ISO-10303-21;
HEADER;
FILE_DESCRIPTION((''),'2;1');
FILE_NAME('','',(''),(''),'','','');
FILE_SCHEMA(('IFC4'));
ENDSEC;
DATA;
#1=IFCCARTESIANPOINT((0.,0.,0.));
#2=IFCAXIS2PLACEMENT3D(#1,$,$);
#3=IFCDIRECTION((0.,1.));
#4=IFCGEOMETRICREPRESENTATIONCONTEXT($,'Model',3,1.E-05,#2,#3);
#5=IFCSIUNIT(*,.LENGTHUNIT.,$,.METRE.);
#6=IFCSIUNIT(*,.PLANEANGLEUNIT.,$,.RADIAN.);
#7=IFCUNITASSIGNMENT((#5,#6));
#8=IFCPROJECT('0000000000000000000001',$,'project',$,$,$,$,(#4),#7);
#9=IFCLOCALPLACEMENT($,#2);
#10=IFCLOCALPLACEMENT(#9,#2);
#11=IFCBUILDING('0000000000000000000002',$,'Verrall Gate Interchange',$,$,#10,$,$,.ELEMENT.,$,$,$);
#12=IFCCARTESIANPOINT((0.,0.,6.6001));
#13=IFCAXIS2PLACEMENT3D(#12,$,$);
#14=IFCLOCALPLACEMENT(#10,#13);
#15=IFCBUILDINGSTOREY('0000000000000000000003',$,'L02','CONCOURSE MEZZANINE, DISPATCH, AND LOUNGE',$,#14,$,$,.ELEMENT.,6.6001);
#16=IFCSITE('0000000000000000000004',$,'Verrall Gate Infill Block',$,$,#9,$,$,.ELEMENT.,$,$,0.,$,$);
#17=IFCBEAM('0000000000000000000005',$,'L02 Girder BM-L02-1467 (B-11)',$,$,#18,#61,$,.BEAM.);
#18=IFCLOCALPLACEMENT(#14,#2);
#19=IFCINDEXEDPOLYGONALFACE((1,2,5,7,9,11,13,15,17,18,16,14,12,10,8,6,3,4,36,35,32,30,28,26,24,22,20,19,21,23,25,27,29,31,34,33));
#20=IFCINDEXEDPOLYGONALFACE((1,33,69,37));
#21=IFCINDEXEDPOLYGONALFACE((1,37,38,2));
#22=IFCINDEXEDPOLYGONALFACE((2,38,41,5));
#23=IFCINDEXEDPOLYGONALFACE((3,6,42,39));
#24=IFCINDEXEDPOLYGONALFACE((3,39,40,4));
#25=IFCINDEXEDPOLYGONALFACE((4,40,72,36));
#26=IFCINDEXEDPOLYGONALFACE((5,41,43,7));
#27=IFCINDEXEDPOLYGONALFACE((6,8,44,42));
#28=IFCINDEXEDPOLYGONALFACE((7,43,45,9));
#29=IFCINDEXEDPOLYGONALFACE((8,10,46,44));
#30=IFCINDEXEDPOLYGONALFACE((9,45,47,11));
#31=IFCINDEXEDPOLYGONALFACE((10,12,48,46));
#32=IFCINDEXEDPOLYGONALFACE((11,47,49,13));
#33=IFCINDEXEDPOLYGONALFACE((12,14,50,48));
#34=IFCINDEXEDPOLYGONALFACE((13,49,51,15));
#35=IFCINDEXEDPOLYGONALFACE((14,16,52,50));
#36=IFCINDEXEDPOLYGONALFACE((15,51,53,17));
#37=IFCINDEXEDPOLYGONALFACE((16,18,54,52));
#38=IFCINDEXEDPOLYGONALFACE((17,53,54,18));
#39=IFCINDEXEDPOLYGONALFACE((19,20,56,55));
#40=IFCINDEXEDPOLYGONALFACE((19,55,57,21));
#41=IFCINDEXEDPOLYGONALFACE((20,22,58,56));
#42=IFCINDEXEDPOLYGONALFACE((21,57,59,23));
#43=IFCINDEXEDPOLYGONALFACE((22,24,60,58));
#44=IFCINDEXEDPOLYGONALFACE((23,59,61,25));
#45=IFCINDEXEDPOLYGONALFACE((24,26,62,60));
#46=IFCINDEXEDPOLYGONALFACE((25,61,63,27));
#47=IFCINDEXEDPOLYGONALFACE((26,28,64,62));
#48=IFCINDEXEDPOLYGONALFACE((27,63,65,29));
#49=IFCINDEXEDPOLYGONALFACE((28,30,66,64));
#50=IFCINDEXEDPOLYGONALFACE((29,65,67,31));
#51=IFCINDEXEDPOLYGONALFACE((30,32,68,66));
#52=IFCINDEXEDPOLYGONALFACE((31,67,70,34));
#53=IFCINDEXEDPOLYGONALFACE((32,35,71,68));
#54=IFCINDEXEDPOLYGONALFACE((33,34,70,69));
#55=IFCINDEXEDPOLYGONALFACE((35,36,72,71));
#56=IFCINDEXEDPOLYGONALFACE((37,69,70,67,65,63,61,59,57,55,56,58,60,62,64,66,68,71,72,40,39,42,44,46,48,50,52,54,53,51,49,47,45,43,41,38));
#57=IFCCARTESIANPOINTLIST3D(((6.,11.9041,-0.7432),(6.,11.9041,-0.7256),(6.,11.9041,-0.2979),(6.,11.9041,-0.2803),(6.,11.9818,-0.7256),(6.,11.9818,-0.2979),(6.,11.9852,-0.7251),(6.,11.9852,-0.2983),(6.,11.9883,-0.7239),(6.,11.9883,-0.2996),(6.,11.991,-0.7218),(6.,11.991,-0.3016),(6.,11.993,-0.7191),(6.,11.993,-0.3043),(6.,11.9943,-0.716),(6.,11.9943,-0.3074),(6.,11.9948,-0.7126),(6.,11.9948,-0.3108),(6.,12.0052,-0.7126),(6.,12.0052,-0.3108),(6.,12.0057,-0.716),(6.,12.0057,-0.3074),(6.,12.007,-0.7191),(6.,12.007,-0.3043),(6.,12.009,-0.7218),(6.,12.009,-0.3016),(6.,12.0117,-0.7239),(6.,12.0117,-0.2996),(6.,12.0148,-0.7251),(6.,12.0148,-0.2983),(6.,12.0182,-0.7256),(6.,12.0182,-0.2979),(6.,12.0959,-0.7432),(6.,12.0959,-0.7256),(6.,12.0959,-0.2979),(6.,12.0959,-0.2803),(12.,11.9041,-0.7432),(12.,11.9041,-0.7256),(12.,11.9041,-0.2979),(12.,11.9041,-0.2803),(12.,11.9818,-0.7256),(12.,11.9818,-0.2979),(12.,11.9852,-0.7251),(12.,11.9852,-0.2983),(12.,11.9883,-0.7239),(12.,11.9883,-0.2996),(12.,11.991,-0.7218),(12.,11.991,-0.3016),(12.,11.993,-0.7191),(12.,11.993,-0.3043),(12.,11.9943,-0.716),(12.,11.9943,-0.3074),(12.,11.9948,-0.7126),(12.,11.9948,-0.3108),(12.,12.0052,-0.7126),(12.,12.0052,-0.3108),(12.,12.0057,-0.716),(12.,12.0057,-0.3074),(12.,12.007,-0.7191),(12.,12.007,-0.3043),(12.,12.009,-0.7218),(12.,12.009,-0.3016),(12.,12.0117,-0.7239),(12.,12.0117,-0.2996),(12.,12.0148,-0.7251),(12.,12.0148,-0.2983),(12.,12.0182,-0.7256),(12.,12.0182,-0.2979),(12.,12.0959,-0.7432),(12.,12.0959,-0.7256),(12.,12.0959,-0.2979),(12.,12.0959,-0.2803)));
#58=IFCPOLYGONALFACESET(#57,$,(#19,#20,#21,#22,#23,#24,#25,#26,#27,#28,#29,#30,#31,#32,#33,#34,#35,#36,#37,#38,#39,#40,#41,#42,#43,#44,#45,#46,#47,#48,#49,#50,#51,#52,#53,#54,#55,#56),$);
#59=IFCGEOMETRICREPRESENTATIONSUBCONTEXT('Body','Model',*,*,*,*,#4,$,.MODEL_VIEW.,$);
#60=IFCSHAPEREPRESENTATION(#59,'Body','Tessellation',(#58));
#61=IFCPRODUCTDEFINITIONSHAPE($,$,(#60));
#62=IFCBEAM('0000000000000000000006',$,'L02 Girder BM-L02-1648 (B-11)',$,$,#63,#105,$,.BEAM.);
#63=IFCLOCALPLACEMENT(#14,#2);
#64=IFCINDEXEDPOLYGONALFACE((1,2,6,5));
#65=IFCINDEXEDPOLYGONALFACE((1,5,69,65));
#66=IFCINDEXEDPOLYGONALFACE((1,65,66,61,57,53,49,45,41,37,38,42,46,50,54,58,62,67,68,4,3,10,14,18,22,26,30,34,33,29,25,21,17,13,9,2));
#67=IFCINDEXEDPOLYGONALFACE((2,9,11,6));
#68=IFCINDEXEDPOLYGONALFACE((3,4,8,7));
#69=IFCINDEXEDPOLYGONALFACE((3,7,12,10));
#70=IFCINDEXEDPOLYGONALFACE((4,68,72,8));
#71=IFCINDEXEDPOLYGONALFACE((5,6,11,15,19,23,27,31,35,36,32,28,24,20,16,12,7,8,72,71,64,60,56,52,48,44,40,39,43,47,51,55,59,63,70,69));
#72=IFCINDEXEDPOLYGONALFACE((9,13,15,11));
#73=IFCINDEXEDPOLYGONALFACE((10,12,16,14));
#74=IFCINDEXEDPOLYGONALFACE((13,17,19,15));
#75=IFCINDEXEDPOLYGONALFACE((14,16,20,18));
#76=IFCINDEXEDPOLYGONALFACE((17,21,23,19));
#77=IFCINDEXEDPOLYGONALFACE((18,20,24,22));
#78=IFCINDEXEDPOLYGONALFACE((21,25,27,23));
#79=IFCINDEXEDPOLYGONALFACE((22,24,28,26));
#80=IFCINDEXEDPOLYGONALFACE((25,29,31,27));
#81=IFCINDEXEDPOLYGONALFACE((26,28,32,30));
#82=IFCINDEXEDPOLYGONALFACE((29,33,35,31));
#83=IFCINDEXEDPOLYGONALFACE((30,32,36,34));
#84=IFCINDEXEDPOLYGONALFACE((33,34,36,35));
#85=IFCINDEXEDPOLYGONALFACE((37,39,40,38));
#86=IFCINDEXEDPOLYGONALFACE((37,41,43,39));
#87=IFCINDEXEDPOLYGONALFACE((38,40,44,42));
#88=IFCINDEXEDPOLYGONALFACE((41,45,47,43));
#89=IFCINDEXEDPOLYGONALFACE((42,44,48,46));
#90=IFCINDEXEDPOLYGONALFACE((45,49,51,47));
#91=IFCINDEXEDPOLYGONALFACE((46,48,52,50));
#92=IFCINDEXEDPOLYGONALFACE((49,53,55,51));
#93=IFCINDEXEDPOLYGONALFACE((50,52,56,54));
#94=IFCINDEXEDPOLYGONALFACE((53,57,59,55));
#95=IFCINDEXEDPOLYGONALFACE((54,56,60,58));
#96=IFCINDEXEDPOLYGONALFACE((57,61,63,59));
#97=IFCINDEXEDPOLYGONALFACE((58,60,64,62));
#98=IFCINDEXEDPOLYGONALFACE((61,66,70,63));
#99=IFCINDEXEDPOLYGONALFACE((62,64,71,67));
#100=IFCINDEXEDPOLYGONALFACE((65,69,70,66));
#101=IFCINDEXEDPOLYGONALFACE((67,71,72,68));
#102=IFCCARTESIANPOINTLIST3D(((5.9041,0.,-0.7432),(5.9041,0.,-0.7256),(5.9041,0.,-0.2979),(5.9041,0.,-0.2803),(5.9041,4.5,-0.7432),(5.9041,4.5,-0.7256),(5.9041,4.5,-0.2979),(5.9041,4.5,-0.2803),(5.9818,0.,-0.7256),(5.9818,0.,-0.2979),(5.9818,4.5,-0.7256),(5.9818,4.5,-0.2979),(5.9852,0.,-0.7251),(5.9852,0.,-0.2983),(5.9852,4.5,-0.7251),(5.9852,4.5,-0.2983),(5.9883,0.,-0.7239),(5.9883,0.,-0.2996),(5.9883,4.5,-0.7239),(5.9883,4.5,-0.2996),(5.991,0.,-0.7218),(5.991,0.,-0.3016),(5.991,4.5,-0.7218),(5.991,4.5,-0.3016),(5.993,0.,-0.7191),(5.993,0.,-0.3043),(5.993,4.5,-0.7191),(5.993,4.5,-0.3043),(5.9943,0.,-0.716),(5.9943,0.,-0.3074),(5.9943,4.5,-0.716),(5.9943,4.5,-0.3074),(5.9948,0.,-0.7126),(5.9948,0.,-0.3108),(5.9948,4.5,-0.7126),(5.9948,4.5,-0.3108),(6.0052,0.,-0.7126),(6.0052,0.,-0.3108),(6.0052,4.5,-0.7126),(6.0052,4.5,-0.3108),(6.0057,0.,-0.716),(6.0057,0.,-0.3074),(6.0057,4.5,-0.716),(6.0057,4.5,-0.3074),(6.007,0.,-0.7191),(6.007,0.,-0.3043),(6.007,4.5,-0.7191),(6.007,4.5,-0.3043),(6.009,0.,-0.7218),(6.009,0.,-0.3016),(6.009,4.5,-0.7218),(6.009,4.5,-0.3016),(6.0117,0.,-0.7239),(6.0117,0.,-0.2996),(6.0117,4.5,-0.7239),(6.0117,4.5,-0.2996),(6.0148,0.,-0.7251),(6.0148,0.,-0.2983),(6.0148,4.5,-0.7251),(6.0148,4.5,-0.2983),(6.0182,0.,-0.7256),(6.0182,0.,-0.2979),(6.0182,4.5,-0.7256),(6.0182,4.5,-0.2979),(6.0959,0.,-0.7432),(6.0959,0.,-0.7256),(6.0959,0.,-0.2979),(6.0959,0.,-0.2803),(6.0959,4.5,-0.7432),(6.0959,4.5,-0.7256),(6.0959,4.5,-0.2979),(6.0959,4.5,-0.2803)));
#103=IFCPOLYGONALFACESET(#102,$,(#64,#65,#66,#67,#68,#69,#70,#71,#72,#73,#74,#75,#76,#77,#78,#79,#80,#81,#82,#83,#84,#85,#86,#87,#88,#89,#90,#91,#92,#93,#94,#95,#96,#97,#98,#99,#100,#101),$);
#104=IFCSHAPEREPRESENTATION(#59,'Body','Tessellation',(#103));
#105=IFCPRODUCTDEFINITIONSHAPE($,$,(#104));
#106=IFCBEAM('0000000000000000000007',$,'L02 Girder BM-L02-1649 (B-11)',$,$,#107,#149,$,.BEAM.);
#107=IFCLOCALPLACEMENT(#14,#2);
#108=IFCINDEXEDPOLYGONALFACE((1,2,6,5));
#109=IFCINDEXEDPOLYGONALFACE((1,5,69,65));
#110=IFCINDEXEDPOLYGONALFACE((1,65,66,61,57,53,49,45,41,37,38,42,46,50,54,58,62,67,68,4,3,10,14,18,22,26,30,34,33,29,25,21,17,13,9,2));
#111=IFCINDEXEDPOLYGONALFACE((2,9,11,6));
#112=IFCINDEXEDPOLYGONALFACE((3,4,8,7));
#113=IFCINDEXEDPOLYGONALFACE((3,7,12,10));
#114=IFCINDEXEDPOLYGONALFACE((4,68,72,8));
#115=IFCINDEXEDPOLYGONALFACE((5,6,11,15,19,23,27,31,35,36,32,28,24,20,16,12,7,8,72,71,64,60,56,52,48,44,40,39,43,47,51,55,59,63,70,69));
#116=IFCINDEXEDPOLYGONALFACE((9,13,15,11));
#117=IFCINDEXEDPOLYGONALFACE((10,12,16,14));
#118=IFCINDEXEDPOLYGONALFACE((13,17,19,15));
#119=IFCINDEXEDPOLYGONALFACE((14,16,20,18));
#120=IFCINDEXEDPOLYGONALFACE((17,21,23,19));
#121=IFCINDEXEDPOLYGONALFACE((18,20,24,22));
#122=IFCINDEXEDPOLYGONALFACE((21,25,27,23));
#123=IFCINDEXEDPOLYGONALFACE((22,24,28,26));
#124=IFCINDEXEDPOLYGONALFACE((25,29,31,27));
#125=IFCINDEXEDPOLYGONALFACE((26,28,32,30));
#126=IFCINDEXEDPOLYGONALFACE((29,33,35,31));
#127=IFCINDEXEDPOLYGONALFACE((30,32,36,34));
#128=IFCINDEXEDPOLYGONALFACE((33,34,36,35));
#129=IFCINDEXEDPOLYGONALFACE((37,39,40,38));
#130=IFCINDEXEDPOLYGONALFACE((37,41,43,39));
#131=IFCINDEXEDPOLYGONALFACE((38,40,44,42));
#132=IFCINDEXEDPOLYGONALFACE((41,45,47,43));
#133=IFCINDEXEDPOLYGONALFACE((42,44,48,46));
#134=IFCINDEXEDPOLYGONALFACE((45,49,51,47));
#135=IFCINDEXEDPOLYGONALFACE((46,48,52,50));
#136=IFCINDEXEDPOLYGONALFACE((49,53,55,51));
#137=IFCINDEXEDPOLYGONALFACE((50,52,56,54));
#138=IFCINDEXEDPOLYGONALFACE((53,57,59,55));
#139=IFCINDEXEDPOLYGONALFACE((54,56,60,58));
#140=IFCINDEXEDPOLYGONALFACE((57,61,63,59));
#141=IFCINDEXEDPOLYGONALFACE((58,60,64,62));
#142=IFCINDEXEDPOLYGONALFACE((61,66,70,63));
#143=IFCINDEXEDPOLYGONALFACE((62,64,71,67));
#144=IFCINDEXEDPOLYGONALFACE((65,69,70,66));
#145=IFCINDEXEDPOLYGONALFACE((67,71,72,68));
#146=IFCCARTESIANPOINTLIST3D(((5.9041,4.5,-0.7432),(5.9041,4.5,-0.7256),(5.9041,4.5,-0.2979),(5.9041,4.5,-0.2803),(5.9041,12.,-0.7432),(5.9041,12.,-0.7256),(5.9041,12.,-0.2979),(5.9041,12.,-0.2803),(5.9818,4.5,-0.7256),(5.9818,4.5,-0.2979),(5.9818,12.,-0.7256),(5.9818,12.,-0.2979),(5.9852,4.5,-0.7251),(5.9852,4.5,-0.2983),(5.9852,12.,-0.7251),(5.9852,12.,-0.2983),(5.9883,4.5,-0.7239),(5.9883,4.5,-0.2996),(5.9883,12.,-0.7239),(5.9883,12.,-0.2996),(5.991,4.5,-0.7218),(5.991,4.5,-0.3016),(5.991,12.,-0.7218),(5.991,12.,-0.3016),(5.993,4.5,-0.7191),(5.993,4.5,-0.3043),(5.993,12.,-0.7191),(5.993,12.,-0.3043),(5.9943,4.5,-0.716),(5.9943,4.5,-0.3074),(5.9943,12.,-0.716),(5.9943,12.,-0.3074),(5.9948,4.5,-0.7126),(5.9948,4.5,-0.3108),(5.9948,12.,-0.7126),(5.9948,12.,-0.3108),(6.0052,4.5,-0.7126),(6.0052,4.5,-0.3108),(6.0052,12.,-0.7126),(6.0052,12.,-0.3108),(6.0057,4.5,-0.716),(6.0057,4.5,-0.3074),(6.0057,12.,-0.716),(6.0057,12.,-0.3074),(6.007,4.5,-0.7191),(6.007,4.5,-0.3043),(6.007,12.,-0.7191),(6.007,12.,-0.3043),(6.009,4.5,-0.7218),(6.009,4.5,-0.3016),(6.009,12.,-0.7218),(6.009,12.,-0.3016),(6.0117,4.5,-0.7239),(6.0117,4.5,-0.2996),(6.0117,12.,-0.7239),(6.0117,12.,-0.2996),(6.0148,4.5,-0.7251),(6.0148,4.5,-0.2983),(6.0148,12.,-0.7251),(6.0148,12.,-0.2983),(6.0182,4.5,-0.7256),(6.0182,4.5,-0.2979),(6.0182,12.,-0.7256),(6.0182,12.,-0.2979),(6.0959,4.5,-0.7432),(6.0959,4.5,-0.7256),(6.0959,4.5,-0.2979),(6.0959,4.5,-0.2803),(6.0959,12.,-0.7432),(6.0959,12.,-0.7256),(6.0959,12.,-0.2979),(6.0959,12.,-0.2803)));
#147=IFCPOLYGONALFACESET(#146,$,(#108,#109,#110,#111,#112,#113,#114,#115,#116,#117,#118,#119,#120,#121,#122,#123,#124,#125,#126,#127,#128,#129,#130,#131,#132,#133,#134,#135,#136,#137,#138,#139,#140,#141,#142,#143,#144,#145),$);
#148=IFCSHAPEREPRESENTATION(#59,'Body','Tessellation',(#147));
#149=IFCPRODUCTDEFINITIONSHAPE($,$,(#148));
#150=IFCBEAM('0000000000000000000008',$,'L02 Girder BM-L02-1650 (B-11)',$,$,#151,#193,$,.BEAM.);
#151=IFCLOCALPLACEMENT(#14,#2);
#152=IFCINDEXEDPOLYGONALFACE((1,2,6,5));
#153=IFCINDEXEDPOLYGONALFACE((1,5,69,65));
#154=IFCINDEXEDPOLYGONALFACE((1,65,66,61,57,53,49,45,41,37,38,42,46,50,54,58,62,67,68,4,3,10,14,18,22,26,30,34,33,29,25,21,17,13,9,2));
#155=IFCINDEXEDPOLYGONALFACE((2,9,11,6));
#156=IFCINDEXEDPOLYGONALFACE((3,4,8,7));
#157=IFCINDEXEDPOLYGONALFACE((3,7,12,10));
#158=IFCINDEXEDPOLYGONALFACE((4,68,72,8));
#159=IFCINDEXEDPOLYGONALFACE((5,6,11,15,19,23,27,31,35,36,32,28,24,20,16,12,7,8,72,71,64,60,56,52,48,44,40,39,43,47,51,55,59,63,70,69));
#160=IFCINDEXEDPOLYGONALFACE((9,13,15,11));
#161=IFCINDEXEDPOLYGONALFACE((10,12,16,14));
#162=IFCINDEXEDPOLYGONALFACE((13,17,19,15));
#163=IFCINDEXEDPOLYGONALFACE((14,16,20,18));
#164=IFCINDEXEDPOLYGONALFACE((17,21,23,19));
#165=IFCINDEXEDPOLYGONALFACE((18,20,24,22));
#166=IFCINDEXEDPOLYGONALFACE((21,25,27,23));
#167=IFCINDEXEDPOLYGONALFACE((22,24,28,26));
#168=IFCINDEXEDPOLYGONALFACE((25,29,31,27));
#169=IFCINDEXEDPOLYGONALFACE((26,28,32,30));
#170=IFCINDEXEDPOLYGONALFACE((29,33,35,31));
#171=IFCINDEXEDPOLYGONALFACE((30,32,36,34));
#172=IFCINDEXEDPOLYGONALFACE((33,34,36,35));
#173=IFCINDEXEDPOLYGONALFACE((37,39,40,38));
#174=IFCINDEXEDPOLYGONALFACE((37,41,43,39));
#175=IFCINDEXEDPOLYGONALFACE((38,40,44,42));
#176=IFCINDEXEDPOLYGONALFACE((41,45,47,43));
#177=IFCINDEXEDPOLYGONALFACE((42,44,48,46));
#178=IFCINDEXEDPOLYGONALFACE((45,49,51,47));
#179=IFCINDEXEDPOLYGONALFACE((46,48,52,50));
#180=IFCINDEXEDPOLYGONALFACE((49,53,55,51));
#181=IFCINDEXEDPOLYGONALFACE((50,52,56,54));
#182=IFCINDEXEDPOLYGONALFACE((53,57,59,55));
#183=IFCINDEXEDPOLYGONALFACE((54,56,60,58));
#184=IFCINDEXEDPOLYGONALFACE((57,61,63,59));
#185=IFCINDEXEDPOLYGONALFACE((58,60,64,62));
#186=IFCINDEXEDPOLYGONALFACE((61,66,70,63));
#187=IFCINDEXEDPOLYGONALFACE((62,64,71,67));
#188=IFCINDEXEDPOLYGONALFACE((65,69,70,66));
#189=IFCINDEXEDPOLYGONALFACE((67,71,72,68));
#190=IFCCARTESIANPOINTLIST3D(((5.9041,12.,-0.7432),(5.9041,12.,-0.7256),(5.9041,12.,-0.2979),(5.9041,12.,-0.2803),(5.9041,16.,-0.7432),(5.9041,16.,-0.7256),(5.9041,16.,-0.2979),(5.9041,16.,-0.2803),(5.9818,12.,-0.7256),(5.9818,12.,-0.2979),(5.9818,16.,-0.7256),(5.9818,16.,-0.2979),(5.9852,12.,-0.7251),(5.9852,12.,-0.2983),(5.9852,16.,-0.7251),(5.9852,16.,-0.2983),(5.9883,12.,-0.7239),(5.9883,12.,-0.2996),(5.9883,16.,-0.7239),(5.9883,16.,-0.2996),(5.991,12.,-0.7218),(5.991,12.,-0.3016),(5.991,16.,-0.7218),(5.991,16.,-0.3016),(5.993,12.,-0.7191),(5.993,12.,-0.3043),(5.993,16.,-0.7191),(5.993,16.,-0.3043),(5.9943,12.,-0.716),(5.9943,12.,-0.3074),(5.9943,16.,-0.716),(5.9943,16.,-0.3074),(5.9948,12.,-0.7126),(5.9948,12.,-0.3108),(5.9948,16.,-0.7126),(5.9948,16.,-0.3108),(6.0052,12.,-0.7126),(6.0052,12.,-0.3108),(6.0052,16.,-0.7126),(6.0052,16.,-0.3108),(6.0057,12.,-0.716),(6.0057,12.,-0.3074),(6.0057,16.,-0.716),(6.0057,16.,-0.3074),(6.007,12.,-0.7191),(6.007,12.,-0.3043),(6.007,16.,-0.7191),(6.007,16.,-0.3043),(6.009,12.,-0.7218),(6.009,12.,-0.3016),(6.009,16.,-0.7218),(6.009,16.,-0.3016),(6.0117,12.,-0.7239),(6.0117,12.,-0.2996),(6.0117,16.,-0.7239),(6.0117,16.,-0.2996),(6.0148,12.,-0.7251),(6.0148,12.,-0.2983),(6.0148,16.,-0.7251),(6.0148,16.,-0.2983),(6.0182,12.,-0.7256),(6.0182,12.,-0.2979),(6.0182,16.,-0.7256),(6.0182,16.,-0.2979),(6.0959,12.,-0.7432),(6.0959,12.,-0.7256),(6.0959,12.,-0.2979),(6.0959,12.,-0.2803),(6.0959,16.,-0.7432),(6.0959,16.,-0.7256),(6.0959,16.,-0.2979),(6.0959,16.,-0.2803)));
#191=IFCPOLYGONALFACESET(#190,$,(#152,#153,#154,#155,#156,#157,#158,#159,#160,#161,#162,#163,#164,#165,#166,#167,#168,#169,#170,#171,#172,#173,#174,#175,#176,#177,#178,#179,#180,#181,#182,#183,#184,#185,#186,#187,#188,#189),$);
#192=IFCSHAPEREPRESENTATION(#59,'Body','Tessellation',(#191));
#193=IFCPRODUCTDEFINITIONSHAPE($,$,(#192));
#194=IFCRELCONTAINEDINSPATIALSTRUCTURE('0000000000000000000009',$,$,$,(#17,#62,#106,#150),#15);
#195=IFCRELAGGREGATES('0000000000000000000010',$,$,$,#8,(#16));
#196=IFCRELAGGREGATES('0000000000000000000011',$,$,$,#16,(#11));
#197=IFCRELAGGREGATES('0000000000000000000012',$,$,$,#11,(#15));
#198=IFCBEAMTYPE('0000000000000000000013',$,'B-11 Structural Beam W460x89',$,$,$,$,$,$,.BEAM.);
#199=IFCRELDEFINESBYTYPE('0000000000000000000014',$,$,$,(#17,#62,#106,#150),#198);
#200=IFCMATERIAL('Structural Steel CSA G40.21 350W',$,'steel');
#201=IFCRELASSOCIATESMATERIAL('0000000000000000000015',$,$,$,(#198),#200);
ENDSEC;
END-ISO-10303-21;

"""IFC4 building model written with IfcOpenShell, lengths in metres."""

from ifc_helpers import new_model, si_unit, direction, frame, origin, origin_2d, place, context, subcontext, project, spatial, i_section, extrude, material, material_profile, profile_set, type_object, element, save


model = new_model("IFC4")

# Units and contexts
model_context = context("Model", 3, precision=1e-05, world=origin(), true_north=direction((0.0, 1.0)))
body_context = subcontext(model_context, "Body", "Model", "MODEL_VIEW")
ifc_project = project(units=[si_unit("LENGTHUNIT", "METRE"), si_unit("PLANEANGLEUNIT", "RADIAN")], contexts=[model_context])

# Site, building, storey
site_placement = place(None, origin())
site = spatial("IfcSite", under=ifc_project, at=site_placement, Name="Verrall Gate Infill Block", CompositionType="ELEMENT", RefElevation=0.0)
building_placement = place(site_placement, origin())
building = spatial("IfcBuilding", under=site, at=building_placement, Name="Verrall Gate Interchange", CompositionType="ELEMENT")
storey_placement = place(building_placement, frame((0.0, 0.0, 6.6001)))
storey = spatial("IfcBuildingStorey", under=building, at=storey_placement, Name="L02", Description="CONCOURSE MEZZANINE, DISPATCH, AND LOUNGE", CompositionType="ELEMENT", Elevation=6.6001)

# Beams
ifc_material_1 = material(Name="Structural Steel CSA G40.21 350W", Category="steel")
ifc_material_profile_1 = material_profile(ifc_material_1, i_section(OverallWidth=0.1919, OverallDepth=0.4629, WebThickness=0.0105, FlangeThickness=0.0176, FilletRadius=0.0129, at=origin_2d()), Name="W460x89")
ifc_profile_set_1 = profile_set([ifc_material_profile_1], Name="Structural Steel CSA G40.21 350W")
beam_type_1 = type_object("IfcBeamType", Name="B-11 Structural Beam W460x89", PredefinedType="BEAM", material=ifc_profile_set_1)
beam_1_placement = place(storey_placement, frame((6.0, 12.0, -0.5117), z_axis=(1.0, 0.0, 0.0), x_axis=(0.0, 1.0, 0.0)))
element("IfcBeam", 1, at=beam_1_placement, inside=storey, type_object=beam_type_1, Name="L02 Girder BM-L02-1467 (B-11)", PredefinedType="BEAM", context=body_context, shape_type="SweptSolid", body=[
    extrude(i_section(OverallWidth=0.1919, OverallDepth=0.4629, WebThickness=0.0105, FlangeThickness=0.0176, FilletRadius=0.0129, at=origin_2d()), origin(), (0.0, 0.0, 1.0), 6.0),
])
beam_2_placement = place(storey_placement, frame((6.0, 0.0, -0.5117), z_axis=(0.0, 1.0, 0.0), x_axis=(-1.0, 0.0, 0.0)))
element("IfcBeam", 2, at=beam_2_placement, inside=storey, type_object=beam_type_1, Name="L02 Girder BM-L02-1648 (B-11)", PredefinedType="BEAM", context=body_context, shape_type="SweptSolid", body=[
    extrude(i_section(OverallWidth=0.1919, OverallDepth=0.4629, WebThickness=0.0105, FlangeThickness=0.0176, FilletRadius=0.0129, at=origin_2d()), origin(), (0.0, 0.0, 1.0), 4.5),
])
beam_3_placement = place(storey_placement, frame((6.0, 4.5, -0.5117), z_axis=(0.0, 1.0, 0.0), x_axis=(-1.0, 0.0, 0.0)))
element("IfcBeam", 3, at=beam_3_placement, inside=storey, type_object=beam_type_1, Name="L02 Girder BM-L02-1649 (B-11)", PredefinedType="BEAM", context=body_context, shape_type="SweptSolid", body=[
    extrude(i_section(OverallWidth=0.1919, OverallDepth=0.4629, WebThickness=0.0105, FlangeThickness=0.0176, FilletRadius=0.0129, at=origin_2d()), origin(), (0.0, 0.0, 1.0), 7.5),
])
beam_4_placement = place(storey_placement, frame((6.0, 12.0, -0.5117), z_axis=(0.0, 1.0, 0.0), x_axis=(-1.0, 0.0, 0.0)))
element("IfcBeam", 4, at=beam_4_placement, inside=storey, type_object=beam_type_1, Name="L02 Girder BM-L02-1650 (B-11)", PredefinedType="BEAM", context=body_context, shape_type="SweptSolid", body=[
    extrude(i_section(OverallWidth=0.1919, OverallDepth=0.4629, WebThickness=0.0105, FlangeThickness=0.0176, FilletRadius=0.0129, at=origin_2d()), origin(), (0.0, 0.0, 1.0), 4.0),
])

save(model, "model.ifc")
